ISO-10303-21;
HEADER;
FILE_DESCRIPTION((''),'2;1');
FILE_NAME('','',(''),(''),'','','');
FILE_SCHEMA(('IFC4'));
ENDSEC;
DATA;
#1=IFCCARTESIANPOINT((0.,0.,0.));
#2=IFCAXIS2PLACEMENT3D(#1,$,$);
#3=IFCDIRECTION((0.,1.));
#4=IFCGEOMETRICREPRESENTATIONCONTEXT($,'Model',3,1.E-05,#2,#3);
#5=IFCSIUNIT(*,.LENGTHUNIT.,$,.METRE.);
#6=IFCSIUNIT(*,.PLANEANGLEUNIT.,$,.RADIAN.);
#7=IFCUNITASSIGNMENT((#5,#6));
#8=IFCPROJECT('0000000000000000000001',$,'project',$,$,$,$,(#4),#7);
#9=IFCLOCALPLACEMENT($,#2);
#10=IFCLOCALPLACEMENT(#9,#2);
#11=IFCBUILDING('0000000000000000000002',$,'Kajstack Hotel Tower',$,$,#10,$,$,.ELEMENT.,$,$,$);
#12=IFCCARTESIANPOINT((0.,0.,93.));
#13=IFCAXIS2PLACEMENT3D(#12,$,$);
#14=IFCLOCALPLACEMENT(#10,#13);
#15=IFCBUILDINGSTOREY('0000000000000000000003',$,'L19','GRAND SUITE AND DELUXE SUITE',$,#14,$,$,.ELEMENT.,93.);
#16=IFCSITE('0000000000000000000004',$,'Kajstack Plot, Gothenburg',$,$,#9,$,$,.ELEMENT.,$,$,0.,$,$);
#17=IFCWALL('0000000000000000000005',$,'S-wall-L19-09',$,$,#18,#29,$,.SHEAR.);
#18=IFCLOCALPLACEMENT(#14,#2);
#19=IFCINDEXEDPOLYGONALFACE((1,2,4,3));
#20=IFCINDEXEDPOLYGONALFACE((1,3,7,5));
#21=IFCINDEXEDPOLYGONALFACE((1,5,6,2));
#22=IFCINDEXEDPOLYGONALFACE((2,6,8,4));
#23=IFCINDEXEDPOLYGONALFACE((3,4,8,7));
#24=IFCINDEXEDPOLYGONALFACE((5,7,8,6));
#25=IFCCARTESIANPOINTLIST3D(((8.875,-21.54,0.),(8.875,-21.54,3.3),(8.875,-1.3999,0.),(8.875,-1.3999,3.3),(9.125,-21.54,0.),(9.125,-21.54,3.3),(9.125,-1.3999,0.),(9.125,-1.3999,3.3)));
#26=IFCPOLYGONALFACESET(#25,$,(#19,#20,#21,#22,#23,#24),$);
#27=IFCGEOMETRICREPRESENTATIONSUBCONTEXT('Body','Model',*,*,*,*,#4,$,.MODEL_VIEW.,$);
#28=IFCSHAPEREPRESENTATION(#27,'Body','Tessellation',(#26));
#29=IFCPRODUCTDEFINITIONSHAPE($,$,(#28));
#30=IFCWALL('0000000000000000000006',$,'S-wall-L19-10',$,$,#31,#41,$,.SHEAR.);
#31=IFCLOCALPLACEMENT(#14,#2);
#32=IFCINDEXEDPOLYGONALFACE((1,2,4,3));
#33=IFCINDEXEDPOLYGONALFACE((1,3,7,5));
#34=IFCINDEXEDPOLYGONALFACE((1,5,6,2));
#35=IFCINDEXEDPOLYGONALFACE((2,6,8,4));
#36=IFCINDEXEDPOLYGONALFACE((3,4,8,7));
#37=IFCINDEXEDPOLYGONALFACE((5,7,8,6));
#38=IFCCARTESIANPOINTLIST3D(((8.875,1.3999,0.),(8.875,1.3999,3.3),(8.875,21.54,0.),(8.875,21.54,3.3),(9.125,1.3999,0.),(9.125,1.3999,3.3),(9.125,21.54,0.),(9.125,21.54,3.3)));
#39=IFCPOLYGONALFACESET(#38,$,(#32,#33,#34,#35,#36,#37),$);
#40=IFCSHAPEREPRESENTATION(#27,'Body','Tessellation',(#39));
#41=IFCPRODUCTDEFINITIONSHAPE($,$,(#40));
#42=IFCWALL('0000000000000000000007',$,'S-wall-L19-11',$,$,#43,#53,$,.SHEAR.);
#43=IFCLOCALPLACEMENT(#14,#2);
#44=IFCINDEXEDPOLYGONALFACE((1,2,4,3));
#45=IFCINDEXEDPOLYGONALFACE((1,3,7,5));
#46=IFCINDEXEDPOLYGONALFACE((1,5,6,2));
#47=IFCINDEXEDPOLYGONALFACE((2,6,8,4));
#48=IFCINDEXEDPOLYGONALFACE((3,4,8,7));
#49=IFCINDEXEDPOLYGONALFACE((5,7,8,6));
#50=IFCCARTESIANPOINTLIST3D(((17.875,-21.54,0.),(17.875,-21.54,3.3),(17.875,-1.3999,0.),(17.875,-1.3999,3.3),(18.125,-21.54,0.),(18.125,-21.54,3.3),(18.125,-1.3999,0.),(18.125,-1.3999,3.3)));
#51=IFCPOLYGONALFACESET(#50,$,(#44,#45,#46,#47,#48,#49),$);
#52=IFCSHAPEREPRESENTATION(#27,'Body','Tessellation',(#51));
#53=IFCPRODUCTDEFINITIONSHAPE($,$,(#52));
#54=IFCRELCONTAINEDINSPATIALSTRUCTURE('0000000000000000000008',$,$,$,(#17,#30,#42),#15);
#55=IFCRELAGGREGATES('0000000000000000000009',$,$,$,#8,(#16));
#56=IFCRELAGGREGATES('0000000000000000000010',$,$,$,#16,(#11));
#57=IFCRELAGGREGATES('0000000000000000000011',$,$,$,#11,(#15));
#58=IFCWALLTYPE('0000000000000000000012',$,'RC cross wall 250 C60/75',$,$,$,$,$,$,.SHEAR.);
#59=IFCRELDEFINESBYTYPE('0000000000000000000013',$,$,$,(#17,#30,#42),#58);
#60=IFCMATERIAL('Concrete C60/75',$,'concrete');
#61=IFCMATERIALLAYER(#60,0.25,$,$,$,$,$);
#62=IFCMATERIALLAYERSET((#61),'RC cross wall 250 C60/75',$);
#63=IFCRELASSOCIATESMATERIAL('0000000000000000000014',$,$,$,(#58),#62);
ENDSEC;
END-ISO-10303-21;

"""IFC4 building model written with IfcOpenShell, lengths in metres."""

from ifc_helpers import new_model, si_unit, direction, frame, frame_2d, origin, place, context, subcontext, project, spatial, rectangle, extrude, material, layer, layer_set, type_object, element, save


model = new_model("IFC4")

# Units and contexts
model_context = context("Model", 3, precision=1e-05, world=origin(), true_north=direction((0.0, 1.0)))
body_context = subcontext(model_context, "Body", "Model", "MODEL_VIEW")
ifc_project = project(units=[si_unit("LENGTHUNIT", "METRE"), si_unit("PLANEANGLEUNIT", "RADIAN")], contexts=[model_context])

# Site, building, storey
site_placement = place(None, origin())
site = spatial("IfcSite", under=ifc_project, at=site_placement, Name="Kajstack Plot, Gothenburg", CompositionType="ELEMENT", RefElevation=0.0)
building_placement = place(site_placement, origin())
building = spatial("IfcBuilding", under=site, at=building_placement, Name="Kajstack Hotel Tower", CompositionType="ELEMENT")
storey_placement = place(building_placement, frame((0.0, 0.0, 93.0)))
storey = spatial("IfcBuildingStorey", under=building, at=storey_placement, Name="L19", Description="GRAND SUITE AND DELUXE SUITE", CompositionType="ELEMENT", Elevation=93.0)

# Walls
ifc_material_1 = material(Name="Concrete C60/75", Category="concrete")
ifc_layer_1 = layer(ifc_material_1, 0.25)
ifc_layer_set_1 = layer_set([ifc_layer_1], Name="RC cross wall 250 C60/75")
wall_type_1 = type_object("IfcWallType", Name="RC cross wall 250 C60/75", PredefinedType="SHEAR", material=ifc_layer_set_1)
for number, where, z_axis, x_axis, name in (
    (1, (9.0, -21.54, 0.0), (0.0, 0.0, 1.0), (0.0, 1.0, 0.0), "S-wall-L19-09"),
    (2, (9.0, 1.3999, 0.0), (0.0, 0.0, 1.0), (0.0, 1.0, 0.0), "S-wall-L19-10"),
    (3, (18.0, -21.54, 0.0), (0.0, 0.0, 1.0), (0.0, 1.0, 0.0), "S-wall-L19-11"),
):
    element("IfcWall", number, at=place(storey_placement, frame(where, z_axis=z_axis, x_axis=x_axis)), inside=storey, type_object=wall_type_1, Name=name, PredefinedType="SHEAR", context=body_context, shape_type="SweptSolid", body=[
        extrude(rectangle(XDim=20.1401, YDim=0.25, at=frame_2d((10.0701, 0.0))), origin(), (0.0, 0.0, 1.0), 3.3),
    ])

save(model, "model.ifc")
